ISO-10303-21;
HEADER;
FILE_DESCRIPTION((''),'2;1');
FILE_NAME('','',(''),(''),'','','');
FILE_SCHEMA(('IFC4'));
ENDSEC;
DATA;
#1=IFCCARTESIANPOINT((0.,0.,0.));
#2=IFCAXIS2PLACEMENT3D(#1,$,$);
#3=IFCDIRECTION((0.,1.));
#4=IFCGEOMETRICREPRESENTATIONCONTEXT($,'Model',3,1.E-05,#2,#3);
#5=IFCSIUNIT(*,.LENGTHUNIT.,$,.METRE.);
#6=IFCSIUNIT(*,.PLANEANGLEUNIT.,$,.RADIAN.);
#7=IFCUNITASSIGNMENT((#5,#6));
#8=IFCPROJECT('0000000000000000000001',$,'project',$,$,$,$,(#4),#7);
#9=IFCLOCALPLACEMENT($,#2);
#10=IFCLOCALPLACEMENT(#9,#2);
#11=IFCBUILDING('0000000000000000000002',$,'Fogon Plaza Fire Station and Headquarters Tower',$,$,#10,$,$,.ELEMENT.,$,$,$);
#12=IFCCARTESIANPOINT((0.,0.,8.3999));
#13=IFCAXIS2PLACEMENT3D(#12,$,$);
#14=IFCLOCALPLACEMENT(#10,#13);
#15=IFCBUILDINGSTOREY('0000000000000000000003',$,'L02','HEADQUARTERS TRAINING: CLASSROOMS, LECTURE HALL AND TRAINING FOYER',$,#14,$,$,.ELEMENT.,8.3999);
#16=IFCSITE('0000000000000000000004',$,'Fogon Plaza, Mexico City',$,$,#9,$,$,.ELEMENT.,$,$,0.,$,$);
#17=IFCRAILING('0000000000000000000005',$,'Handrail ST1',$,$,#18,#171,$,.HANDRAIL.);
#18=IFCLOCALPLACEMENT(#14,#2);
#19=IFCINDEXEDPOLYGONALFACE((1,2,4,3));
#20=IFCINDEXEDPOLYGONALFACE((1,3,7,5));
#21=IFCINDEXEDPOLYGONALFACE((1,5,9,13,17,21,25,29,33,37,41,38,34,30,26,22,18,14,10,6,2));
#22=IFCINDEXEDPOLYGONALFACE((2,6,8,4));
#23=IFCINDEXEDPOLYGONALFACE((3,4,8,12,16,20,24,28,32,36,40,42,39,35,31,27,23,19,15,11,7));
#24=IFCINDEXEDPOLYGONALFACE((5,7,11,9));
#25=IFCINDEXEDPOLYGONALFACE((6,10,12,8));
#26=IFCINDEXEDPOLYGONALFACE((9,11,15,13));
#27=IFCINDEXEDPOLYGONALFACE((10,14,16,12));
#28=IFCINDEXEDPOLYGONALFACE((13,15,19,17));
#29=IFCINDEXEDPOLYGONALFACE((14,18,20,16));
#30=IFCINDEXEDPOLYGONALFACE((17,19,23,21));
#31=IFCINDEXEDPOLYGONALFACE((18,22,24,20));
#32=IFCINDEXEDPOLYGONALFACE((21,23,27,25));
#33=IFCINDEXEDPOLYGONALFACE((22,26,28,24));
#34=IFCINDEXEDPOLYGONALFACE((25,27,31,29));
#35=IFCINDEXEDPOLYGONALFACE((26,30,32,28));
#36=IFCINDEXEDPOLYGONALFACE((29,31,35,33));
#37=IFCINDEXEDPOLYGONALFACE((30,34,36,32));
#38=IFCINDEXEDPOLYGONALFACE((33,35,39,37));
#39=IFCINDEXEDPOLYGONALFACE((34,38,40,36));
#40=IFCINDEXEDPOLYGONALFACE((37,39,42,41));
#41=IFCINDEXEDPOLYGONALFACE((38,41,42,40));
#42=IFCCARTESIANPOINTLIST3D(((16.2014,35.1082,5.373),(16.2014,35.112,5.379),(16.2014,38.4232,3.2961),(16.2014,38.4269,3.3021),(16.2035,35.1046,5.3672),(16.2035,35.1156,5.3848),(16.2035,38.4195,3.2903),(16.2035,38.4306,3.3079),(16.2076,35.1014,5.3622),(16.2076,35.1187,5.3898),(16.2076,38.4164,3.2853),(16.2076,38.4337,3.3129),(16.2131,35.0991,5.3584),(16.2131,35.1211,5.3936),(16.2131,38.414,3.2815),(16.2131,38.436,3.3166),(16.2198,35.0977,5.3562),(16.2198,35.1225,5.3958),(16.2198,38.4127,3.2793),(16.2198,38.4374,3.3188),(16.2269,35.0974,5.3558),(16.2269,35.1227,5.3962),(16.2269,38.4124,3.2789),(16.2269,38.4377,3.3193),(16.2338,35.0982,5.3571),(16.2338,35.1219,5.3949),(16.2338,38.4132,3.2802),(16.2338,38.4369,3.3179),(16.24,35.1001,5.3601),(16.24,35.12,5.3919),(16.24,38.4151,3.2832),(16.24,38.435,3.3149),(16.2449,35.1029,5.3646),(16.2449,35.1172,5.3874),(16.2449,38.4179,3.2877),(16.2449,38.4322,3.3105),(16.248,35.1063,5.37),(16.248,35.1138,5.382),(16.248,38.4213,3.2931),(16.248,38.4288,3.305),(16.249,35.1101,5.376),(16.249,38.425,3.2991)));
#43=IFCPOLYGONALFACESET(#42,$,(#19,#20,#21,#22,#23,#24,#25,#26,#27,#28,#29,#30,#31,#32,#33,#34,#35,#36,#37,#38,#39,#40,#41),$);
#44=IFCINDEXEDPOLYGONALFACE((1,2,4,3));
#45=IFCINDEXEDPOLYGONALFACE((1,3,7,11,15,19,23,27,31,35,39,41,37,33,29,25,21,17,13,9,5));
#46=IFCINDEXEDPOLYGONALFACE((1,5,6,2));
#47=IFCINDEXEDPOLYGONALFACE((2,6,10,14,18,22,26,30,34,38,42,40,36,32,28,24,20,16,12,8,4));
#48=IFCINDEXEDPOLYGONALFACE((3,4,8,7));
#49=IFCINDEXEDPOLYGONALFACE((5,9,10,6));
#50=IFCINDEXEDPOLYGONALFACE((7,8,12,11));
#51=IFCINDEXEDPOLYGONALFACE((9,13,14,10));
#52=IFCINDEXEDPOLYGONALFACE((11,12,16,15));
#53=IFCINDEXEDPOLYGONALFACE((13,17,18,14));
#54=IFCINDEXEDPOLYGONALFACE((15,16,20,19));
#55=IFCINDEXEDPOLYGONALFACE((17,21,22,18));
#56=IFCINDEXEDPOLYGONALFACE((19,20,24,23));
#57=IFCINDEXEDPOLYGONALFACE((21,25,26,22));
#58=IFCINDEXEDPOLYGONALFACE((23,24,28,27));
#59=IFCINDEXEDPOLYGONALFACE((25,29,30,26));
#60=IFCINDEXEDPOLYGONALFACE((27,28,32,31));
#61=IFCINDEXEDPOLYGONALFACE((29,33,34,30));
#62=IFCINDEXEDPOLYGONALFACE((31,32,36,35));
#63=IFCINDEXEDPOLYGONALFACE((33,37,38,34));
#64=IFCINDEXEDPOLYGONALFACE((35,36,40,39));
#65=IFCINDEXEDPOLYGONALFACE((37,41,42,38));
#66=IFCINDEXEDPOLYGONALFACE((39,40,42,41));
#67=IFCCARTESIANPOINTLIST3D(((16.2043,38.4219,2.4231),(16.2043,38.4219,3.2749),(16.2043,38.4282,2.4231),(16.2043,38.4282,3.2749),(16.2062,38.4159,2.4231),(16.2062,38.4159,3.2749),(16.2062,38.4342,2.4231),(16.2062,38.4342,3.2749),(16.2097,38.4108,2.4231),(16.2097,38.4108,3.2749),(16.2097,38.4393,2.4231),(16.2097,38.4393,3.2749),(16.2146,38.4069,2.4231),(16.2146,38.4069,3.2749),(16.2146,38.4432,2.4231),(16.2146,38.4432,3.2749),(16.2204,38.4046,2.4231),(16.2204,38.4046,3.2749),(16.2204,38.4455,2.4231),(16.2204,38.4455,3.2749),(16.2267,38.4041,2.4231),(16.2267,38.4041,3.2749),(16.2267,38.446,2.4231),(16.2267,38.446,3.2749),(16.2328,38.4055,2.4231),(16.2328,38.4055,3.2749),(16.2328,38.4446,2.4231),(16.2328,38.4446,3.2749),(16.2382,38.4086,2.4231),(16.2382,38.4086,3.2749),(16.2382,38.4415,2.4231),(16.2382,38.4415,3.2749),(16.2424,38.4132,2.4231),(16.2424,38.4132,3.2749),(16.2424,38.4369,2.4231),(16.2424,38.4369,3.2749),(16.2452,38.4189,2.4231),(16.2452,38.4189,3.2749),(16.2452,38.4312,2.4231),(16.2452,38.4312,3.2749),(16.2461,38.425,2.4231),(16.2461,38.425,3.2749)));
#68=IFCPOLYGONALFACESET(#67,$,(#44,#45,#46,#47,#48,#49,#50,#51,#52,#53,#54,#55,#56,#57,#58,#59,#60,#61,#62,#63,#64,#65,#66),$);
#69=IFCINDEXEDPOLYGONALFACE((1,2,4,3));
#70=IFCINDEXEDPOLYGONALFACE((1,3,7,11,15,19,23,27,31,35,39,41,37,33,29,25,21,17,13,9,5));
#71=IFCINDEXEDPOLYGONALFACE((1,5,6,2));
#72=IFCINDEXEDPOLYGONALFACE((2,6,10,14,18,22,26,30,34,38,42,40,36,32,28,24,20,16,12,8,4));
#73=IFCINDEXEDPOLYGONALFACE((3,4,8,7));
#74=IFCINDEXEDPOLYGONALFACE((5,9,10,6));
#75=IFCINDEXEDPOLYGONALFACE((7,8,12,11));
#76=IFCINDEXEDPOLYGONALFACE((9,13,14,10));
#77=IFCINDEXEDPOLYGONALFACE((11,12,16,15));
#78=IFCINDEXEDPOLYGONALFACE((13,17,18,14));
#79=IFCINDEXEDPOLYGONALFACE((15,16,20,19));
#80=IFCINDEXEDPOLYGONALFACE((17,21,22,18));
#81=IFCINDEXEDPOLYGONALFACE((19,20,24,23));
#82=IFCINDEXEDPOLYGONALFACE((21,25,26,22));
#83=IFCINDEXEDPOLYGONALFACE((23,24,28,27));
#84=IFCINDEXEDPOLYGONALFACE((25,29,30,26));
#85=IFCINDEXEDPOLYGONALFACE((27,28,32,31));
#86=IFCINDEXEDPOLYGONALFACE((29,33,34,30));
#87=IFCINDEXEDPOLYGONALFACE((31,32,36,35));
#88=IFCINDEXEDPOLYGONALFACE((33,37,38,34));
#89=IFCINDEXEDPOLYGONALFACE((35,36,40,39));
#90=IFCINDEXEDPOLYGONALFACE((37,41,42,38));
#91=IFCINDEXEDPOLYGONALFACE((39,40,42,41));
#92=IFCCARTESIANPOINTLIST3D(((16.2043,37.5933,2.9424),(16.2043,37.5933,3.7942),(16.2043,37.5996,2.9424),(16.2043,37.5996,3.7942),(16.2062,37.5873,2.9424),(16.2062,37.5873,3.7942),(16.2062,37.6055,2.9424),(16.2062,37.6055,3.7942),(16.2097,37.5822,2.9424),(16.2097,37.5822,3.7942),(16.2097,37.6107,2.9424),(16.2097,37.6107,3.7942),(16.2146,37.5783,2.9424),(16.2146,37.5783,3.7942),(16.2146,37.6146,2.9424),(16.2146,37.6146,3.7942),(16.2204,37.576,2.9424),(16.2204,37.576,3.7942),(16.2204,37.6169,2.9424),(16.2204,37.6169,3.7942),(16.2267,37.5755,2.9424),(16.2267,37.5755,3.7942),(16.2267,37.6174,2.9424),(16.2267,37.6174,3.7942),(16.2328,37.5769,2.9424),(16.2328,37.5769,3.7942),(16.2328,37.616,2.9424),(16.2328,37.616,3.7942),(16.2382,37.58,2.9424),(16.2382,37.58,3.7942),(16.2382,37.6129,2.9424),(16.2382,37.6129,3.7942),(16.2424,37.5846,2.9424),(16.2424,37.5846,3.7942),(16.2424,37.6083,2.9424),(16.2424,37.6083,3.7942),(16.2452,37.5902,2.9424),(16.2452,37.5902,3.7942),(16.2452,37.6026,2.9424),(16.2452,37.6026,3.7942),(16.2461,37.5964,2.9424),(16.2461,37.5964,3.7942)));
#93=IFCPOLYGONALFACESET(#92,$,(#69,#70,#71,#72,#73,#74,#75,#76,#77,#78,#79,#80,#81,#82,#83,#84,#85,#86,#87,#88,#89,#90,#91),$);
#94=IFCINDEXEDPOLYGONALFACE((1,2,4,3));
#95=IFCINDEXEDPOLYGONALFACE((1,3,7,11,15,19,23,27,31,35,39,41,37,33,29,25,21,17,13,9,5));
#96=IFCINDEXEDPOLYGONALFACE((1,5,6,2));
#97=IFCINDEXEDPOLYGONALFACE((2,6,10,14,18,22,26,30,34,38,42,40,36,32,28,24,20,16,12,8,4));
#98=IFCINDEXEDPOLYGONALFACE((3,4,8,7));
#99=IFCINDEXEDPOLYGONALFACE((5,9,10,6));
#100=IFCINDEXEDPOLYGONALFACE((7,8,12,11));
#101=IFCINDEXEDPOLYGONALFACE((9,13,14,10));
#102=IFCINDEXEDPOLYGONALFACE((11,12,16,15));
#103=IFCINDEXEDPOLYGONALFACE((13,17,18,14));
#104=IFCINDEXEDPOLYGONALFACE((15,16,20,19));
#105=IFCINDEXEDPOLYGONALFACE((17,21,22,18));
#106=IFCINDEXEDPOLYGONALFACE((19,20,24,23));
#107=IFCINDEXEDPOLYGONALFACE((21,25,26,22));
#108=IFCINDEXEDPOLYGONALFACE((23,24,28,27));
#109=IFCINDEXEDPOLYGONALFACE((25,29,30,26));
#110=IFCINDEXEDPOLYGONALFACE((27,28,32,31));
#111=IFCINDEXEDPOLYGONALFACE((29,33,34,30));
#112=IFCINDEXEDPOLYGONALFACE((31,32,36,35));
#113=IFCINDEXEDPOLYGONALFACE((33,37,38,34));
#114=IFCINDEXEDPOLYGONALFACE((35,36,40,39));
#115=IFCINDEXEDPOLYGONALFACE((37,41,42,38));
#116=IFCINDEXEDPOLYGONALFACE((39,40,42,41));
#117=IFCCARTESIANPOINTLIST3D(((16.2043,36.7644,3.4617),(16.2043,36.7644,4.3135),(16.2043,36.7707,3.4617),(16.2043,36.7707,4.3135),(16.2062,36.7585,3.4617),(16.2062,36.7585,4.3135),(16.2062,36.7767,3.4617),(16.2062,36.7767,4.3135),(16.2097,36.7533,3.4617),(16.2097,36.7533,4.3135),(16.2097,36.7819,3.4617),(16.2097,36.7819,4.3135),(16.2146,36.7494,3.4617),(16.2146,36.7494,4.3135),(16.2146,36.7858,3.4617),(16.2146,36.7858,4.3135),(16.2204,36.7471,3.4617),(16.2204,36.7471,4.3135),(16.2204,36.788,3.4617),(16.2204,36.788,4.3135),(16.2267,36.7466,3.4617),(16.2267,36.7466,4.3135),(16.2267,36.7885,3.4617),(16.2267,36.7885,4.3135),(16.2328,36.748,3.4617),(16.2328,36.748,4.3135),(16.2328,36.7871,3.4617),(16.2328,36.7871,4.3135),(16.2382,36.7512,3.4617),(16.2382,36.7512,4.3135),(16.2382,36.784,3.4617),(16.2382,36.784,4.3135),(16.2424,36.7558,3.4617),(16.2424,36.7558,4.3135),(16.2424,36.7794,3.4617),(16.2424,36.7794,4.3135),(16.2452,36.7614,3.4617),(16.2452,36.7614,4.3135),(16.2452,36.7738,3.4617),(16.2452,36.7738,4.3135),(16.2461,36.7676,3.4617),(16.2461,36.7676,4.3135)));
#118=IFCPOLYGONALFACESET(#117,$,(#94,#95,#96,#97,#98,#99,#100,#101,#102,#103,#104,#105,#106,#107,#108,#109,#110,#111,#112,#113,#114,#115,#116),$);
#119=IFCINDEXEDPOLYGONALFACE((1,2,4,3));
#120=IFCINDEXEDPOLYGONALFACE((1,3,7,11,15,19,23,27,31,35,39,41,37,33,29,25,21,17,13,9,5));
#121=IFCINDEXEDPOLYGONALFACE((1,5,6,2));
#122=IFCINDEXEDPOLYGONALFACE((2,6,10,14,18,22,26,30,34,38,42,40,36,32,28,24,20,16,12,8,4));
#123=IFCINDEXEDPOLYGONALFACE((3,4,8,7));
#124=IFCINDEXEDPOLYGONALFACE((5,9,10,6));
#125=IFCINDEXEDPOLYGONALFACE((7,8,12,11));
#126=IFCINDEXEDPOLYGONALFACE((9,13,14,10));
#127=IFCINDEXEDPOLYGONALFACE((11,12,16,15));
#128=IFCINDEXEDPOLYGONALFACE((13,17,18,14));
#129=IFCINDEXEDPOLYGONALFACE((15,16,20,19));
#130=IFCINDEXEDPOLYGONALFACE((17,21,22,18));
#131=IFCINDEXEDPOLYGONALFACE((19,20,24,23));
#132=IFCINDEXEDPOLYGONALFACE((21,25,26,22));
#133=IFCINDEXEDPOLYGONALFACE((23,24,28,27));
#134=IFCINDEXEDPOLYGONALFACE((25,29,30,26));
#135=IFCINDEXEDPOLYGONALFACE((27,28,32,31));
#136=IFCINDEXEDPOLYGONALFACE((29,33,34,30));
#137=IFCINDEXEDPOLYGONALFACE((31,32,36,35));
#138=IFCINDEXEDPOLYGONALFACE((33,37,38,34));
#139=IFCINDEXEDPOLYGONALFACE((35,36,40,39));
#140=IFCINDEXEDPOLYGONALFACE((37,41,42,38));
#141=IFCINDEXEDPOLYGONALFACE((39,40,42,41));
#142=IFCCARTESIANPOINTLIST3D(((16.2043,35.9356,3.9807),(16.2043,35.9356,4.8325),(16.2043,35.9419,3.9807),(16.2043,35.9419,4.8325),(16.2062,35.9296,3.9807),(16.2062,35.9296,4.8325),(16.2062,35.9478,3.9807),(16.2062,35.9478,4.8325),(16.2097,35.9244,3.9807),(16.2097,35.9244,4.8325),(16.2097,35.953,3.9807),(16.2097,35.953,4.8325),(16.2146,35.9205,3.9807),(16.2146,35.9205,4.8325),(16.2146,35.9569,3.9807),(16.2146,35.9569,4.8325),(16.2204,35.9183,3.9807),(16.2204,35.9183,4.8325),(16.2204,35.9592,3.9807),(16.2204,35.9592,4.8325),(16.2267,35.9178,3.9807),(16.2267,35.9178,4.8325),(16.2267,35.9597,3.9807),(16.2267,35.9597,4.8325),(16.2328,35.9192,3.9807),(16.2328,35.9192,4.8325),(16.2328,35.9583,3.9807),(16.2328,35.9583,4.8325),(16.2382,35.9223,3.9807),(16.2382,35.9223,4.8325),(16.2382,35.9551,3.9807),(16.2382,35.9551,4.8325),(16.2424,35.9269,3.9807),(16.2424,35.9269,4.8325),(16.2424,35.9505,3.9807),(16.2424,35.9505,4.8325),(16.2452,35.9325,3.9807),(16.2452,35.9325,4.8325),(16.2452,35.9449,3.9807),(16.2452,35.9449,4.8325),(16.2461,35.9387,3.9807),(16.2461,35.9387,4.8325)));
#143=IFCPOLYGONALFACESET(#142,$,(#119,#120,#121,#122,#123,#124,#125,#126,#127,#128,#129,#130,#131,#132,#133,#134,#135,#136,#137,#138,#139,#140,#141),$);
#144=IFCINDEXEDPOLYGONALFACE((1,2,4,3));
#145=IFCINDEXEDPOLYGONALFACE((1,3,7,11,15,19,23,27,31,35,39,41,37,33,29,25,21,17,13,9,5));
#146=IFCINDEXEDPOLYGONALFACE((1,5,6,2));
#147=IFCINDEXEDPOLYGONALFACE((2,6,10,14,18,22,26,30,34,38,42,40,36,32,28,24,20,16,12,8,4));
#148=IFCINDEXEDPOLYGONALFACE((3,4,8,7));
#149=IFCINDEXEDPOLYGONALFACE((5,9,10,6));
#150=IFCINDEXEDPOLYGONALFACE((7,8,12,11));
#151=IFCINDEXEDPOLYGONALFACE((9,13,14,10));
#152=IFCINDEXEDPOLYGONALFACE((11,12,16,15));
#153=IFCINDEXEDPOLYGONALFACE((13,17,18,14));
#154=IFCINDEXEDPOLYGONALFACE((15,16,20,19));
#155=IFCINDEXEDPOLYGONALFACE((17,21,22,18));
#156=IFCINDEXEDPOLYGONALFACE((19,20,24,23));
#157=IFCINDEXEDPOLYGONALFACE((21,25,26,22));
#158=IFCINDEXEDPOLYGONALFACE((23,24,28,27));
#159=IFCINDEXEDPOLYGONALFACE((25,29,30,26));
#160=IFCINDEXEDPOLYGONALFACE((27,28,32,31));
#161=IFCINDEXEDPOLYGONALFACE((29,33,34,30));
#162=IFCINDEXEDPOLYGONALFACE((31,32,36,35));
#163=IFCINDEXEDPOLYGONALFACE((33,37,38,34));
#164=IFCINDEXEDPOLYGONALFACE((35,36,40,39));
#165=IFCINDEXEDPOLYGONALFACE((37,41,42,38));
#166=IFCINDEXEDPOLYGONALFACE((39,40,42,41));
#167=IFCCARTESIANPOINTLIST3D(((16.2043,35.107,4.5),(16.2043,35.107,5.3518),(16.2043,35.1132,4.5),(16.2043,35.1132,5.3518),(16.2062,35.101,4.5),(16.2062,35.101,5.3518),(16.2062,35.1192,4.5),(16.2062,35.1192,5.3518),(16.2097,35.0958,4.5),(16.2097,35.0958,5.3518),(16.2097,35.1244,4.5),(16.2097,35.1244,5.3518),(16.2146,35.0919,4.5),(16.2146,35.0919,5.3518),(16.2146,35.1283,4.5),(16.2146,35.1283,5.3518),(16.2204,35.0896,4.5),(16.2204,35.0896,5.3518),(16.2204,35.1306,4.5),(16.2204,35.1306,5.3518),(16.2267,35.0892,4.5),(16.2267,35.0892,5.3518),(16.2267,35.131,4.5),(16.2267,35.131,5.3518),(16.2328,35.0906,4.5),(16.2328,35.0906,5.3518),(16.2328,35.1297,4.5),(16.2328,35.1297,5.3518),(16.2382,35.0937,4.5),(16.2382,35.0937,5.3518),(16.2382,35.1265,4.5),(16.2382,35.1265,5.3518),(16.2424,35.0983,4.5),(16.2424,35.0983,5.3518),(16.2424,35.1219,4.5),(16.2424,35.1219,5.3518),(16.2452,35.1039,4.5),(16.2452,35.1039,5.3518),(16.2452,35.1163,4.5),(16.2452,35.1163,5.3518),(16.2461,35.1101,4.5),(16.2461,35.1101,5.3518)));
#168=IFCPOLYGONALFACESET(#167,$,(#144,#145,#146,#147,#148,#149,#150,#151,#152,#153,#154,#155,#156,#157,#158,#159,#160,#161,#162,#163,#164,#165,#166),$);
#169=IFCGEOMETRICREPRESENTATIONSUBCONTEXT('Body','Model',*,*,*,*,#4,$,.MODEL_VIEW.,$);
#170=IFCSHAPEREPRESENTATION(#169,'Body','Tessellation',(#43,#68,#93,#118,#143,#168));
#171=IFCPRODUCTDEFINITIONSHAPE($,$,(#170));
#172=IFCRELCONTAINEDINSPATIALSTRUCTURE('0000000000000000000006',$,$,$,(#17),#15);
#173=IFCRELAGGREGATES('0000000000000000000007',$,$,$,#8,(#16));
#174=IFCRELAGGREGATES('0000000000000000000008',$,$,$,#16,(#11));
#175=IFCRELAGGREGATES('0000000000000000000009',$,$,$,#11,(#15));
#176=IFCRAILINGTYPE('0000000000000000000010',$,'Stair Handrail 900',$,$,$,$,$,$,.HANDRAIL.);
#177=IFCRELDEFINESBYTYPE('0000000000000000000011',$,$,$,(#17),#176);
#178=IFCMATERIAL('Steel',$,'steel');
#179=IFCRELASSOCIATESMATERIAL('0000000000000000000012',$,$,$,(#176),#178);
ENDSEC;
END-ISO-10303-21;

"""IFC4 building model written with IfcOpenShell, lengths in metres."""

from ifc_helpers import new_model, si_unit, direction, frame, origin, origin_2d, place, context, subcontext, project, spatial, circle, extrude, material, type_object, element, save


model = new_model("IFC4")

# Units and contexts
model_context = context("Model", 3, precision=1e-05, world=origin(), true_north=direction((0.0, 1.0)))
body_context = subcontext(model_context, "Body", "Model", "MODEL_VIEW")
ifc_project = project(units=[si_unit("LENGTHUNIT", "METRE"), si_unit("PLANEANGLEUNIT", "RADIAN")], contexts=[model_context])

# Site, building, storey
site_placement = place(None, origin())
site = spatial("IfcSite", under=ifc_project, at=site_placement, Name="Fogon Plaza, Mexico City", CompositionType="ELEMENT", RefElevation=0.0)
building_placement = place(site_placement, origin())
building = spatial("IfcBuilding", under=site, at=building_placement, Name="Fogon Plaza Fire Station and Headquarters Tower", CompositionType="ELEMENT")
storey_placement = place(building_placement, frame((0.0, 0.0, 8.3999)))
storey = spatial("IfcBuildingStorey", under=building, at=storey_placement, Name="L02", Description="HEADQUARTERS TRAINING: CLASSROOMS, LECTURE HALL AND TRAINING FOYER", CompositionType="ELEMENT", Elevation=8.3999)

# Railing
ifc_material_1 = material(Name="Steel", Category="steel")
railing_type = type_object("IfcRailingType", Name="Stair Handrail 900", PredefinedType="HANDRAIL", material=ifc_material_1)
for number, where, name in (
    (1, (16.2251, 38.425, 2.4231), "Handrail ST1"),
):
    element("IfcRailing", number, at=place(storey_placement, frame(where)), inside=storey, type_object=railing_type, Name=name, PredefinedType="HANDRAIL", context=body_context, shape_type="SweptSolid", body=[
        extrude(circle(Radius=0.0239, at=origin_2d()), frame((0.0, 0.0, 0.876), z_axis=(0.0, -0.847416, 0.53093), x_axis=(1.0, 0.0, 0.0)), (0.0, 0.0, 1.0), 3.9119),
        extrude(circle(Radius=0.021, at=origin_2d()), origin(), (0.0, 0.0, 1.0), 0.8518),
        extrude(circle(Radius=0.021, at=origin_2d()), frame((0.0, -0.8286, 0.5193)), (0.0, 0.0, 1.0), 0.8518),
        extrude(circle(Radius=0.021, at=origin_2d()), frame((0.0, -1.6575, 1.0386)), (0.0, 0.0, 1.0), 0.8518),
        extrude(circle(Radius=0.021, at=origin_2d()), frame((0.0, -2.4863, 1.5576)), (0.0, 0.0, 1.0), 0.8518),
        extrude(circle(Radius=0.021, at=origin_2d()), frame((0.0, -3.3149, 2.0769)), (0.0, 0.0, 1.0), 0.8518),
    ])

save(model, "model.ifc")
